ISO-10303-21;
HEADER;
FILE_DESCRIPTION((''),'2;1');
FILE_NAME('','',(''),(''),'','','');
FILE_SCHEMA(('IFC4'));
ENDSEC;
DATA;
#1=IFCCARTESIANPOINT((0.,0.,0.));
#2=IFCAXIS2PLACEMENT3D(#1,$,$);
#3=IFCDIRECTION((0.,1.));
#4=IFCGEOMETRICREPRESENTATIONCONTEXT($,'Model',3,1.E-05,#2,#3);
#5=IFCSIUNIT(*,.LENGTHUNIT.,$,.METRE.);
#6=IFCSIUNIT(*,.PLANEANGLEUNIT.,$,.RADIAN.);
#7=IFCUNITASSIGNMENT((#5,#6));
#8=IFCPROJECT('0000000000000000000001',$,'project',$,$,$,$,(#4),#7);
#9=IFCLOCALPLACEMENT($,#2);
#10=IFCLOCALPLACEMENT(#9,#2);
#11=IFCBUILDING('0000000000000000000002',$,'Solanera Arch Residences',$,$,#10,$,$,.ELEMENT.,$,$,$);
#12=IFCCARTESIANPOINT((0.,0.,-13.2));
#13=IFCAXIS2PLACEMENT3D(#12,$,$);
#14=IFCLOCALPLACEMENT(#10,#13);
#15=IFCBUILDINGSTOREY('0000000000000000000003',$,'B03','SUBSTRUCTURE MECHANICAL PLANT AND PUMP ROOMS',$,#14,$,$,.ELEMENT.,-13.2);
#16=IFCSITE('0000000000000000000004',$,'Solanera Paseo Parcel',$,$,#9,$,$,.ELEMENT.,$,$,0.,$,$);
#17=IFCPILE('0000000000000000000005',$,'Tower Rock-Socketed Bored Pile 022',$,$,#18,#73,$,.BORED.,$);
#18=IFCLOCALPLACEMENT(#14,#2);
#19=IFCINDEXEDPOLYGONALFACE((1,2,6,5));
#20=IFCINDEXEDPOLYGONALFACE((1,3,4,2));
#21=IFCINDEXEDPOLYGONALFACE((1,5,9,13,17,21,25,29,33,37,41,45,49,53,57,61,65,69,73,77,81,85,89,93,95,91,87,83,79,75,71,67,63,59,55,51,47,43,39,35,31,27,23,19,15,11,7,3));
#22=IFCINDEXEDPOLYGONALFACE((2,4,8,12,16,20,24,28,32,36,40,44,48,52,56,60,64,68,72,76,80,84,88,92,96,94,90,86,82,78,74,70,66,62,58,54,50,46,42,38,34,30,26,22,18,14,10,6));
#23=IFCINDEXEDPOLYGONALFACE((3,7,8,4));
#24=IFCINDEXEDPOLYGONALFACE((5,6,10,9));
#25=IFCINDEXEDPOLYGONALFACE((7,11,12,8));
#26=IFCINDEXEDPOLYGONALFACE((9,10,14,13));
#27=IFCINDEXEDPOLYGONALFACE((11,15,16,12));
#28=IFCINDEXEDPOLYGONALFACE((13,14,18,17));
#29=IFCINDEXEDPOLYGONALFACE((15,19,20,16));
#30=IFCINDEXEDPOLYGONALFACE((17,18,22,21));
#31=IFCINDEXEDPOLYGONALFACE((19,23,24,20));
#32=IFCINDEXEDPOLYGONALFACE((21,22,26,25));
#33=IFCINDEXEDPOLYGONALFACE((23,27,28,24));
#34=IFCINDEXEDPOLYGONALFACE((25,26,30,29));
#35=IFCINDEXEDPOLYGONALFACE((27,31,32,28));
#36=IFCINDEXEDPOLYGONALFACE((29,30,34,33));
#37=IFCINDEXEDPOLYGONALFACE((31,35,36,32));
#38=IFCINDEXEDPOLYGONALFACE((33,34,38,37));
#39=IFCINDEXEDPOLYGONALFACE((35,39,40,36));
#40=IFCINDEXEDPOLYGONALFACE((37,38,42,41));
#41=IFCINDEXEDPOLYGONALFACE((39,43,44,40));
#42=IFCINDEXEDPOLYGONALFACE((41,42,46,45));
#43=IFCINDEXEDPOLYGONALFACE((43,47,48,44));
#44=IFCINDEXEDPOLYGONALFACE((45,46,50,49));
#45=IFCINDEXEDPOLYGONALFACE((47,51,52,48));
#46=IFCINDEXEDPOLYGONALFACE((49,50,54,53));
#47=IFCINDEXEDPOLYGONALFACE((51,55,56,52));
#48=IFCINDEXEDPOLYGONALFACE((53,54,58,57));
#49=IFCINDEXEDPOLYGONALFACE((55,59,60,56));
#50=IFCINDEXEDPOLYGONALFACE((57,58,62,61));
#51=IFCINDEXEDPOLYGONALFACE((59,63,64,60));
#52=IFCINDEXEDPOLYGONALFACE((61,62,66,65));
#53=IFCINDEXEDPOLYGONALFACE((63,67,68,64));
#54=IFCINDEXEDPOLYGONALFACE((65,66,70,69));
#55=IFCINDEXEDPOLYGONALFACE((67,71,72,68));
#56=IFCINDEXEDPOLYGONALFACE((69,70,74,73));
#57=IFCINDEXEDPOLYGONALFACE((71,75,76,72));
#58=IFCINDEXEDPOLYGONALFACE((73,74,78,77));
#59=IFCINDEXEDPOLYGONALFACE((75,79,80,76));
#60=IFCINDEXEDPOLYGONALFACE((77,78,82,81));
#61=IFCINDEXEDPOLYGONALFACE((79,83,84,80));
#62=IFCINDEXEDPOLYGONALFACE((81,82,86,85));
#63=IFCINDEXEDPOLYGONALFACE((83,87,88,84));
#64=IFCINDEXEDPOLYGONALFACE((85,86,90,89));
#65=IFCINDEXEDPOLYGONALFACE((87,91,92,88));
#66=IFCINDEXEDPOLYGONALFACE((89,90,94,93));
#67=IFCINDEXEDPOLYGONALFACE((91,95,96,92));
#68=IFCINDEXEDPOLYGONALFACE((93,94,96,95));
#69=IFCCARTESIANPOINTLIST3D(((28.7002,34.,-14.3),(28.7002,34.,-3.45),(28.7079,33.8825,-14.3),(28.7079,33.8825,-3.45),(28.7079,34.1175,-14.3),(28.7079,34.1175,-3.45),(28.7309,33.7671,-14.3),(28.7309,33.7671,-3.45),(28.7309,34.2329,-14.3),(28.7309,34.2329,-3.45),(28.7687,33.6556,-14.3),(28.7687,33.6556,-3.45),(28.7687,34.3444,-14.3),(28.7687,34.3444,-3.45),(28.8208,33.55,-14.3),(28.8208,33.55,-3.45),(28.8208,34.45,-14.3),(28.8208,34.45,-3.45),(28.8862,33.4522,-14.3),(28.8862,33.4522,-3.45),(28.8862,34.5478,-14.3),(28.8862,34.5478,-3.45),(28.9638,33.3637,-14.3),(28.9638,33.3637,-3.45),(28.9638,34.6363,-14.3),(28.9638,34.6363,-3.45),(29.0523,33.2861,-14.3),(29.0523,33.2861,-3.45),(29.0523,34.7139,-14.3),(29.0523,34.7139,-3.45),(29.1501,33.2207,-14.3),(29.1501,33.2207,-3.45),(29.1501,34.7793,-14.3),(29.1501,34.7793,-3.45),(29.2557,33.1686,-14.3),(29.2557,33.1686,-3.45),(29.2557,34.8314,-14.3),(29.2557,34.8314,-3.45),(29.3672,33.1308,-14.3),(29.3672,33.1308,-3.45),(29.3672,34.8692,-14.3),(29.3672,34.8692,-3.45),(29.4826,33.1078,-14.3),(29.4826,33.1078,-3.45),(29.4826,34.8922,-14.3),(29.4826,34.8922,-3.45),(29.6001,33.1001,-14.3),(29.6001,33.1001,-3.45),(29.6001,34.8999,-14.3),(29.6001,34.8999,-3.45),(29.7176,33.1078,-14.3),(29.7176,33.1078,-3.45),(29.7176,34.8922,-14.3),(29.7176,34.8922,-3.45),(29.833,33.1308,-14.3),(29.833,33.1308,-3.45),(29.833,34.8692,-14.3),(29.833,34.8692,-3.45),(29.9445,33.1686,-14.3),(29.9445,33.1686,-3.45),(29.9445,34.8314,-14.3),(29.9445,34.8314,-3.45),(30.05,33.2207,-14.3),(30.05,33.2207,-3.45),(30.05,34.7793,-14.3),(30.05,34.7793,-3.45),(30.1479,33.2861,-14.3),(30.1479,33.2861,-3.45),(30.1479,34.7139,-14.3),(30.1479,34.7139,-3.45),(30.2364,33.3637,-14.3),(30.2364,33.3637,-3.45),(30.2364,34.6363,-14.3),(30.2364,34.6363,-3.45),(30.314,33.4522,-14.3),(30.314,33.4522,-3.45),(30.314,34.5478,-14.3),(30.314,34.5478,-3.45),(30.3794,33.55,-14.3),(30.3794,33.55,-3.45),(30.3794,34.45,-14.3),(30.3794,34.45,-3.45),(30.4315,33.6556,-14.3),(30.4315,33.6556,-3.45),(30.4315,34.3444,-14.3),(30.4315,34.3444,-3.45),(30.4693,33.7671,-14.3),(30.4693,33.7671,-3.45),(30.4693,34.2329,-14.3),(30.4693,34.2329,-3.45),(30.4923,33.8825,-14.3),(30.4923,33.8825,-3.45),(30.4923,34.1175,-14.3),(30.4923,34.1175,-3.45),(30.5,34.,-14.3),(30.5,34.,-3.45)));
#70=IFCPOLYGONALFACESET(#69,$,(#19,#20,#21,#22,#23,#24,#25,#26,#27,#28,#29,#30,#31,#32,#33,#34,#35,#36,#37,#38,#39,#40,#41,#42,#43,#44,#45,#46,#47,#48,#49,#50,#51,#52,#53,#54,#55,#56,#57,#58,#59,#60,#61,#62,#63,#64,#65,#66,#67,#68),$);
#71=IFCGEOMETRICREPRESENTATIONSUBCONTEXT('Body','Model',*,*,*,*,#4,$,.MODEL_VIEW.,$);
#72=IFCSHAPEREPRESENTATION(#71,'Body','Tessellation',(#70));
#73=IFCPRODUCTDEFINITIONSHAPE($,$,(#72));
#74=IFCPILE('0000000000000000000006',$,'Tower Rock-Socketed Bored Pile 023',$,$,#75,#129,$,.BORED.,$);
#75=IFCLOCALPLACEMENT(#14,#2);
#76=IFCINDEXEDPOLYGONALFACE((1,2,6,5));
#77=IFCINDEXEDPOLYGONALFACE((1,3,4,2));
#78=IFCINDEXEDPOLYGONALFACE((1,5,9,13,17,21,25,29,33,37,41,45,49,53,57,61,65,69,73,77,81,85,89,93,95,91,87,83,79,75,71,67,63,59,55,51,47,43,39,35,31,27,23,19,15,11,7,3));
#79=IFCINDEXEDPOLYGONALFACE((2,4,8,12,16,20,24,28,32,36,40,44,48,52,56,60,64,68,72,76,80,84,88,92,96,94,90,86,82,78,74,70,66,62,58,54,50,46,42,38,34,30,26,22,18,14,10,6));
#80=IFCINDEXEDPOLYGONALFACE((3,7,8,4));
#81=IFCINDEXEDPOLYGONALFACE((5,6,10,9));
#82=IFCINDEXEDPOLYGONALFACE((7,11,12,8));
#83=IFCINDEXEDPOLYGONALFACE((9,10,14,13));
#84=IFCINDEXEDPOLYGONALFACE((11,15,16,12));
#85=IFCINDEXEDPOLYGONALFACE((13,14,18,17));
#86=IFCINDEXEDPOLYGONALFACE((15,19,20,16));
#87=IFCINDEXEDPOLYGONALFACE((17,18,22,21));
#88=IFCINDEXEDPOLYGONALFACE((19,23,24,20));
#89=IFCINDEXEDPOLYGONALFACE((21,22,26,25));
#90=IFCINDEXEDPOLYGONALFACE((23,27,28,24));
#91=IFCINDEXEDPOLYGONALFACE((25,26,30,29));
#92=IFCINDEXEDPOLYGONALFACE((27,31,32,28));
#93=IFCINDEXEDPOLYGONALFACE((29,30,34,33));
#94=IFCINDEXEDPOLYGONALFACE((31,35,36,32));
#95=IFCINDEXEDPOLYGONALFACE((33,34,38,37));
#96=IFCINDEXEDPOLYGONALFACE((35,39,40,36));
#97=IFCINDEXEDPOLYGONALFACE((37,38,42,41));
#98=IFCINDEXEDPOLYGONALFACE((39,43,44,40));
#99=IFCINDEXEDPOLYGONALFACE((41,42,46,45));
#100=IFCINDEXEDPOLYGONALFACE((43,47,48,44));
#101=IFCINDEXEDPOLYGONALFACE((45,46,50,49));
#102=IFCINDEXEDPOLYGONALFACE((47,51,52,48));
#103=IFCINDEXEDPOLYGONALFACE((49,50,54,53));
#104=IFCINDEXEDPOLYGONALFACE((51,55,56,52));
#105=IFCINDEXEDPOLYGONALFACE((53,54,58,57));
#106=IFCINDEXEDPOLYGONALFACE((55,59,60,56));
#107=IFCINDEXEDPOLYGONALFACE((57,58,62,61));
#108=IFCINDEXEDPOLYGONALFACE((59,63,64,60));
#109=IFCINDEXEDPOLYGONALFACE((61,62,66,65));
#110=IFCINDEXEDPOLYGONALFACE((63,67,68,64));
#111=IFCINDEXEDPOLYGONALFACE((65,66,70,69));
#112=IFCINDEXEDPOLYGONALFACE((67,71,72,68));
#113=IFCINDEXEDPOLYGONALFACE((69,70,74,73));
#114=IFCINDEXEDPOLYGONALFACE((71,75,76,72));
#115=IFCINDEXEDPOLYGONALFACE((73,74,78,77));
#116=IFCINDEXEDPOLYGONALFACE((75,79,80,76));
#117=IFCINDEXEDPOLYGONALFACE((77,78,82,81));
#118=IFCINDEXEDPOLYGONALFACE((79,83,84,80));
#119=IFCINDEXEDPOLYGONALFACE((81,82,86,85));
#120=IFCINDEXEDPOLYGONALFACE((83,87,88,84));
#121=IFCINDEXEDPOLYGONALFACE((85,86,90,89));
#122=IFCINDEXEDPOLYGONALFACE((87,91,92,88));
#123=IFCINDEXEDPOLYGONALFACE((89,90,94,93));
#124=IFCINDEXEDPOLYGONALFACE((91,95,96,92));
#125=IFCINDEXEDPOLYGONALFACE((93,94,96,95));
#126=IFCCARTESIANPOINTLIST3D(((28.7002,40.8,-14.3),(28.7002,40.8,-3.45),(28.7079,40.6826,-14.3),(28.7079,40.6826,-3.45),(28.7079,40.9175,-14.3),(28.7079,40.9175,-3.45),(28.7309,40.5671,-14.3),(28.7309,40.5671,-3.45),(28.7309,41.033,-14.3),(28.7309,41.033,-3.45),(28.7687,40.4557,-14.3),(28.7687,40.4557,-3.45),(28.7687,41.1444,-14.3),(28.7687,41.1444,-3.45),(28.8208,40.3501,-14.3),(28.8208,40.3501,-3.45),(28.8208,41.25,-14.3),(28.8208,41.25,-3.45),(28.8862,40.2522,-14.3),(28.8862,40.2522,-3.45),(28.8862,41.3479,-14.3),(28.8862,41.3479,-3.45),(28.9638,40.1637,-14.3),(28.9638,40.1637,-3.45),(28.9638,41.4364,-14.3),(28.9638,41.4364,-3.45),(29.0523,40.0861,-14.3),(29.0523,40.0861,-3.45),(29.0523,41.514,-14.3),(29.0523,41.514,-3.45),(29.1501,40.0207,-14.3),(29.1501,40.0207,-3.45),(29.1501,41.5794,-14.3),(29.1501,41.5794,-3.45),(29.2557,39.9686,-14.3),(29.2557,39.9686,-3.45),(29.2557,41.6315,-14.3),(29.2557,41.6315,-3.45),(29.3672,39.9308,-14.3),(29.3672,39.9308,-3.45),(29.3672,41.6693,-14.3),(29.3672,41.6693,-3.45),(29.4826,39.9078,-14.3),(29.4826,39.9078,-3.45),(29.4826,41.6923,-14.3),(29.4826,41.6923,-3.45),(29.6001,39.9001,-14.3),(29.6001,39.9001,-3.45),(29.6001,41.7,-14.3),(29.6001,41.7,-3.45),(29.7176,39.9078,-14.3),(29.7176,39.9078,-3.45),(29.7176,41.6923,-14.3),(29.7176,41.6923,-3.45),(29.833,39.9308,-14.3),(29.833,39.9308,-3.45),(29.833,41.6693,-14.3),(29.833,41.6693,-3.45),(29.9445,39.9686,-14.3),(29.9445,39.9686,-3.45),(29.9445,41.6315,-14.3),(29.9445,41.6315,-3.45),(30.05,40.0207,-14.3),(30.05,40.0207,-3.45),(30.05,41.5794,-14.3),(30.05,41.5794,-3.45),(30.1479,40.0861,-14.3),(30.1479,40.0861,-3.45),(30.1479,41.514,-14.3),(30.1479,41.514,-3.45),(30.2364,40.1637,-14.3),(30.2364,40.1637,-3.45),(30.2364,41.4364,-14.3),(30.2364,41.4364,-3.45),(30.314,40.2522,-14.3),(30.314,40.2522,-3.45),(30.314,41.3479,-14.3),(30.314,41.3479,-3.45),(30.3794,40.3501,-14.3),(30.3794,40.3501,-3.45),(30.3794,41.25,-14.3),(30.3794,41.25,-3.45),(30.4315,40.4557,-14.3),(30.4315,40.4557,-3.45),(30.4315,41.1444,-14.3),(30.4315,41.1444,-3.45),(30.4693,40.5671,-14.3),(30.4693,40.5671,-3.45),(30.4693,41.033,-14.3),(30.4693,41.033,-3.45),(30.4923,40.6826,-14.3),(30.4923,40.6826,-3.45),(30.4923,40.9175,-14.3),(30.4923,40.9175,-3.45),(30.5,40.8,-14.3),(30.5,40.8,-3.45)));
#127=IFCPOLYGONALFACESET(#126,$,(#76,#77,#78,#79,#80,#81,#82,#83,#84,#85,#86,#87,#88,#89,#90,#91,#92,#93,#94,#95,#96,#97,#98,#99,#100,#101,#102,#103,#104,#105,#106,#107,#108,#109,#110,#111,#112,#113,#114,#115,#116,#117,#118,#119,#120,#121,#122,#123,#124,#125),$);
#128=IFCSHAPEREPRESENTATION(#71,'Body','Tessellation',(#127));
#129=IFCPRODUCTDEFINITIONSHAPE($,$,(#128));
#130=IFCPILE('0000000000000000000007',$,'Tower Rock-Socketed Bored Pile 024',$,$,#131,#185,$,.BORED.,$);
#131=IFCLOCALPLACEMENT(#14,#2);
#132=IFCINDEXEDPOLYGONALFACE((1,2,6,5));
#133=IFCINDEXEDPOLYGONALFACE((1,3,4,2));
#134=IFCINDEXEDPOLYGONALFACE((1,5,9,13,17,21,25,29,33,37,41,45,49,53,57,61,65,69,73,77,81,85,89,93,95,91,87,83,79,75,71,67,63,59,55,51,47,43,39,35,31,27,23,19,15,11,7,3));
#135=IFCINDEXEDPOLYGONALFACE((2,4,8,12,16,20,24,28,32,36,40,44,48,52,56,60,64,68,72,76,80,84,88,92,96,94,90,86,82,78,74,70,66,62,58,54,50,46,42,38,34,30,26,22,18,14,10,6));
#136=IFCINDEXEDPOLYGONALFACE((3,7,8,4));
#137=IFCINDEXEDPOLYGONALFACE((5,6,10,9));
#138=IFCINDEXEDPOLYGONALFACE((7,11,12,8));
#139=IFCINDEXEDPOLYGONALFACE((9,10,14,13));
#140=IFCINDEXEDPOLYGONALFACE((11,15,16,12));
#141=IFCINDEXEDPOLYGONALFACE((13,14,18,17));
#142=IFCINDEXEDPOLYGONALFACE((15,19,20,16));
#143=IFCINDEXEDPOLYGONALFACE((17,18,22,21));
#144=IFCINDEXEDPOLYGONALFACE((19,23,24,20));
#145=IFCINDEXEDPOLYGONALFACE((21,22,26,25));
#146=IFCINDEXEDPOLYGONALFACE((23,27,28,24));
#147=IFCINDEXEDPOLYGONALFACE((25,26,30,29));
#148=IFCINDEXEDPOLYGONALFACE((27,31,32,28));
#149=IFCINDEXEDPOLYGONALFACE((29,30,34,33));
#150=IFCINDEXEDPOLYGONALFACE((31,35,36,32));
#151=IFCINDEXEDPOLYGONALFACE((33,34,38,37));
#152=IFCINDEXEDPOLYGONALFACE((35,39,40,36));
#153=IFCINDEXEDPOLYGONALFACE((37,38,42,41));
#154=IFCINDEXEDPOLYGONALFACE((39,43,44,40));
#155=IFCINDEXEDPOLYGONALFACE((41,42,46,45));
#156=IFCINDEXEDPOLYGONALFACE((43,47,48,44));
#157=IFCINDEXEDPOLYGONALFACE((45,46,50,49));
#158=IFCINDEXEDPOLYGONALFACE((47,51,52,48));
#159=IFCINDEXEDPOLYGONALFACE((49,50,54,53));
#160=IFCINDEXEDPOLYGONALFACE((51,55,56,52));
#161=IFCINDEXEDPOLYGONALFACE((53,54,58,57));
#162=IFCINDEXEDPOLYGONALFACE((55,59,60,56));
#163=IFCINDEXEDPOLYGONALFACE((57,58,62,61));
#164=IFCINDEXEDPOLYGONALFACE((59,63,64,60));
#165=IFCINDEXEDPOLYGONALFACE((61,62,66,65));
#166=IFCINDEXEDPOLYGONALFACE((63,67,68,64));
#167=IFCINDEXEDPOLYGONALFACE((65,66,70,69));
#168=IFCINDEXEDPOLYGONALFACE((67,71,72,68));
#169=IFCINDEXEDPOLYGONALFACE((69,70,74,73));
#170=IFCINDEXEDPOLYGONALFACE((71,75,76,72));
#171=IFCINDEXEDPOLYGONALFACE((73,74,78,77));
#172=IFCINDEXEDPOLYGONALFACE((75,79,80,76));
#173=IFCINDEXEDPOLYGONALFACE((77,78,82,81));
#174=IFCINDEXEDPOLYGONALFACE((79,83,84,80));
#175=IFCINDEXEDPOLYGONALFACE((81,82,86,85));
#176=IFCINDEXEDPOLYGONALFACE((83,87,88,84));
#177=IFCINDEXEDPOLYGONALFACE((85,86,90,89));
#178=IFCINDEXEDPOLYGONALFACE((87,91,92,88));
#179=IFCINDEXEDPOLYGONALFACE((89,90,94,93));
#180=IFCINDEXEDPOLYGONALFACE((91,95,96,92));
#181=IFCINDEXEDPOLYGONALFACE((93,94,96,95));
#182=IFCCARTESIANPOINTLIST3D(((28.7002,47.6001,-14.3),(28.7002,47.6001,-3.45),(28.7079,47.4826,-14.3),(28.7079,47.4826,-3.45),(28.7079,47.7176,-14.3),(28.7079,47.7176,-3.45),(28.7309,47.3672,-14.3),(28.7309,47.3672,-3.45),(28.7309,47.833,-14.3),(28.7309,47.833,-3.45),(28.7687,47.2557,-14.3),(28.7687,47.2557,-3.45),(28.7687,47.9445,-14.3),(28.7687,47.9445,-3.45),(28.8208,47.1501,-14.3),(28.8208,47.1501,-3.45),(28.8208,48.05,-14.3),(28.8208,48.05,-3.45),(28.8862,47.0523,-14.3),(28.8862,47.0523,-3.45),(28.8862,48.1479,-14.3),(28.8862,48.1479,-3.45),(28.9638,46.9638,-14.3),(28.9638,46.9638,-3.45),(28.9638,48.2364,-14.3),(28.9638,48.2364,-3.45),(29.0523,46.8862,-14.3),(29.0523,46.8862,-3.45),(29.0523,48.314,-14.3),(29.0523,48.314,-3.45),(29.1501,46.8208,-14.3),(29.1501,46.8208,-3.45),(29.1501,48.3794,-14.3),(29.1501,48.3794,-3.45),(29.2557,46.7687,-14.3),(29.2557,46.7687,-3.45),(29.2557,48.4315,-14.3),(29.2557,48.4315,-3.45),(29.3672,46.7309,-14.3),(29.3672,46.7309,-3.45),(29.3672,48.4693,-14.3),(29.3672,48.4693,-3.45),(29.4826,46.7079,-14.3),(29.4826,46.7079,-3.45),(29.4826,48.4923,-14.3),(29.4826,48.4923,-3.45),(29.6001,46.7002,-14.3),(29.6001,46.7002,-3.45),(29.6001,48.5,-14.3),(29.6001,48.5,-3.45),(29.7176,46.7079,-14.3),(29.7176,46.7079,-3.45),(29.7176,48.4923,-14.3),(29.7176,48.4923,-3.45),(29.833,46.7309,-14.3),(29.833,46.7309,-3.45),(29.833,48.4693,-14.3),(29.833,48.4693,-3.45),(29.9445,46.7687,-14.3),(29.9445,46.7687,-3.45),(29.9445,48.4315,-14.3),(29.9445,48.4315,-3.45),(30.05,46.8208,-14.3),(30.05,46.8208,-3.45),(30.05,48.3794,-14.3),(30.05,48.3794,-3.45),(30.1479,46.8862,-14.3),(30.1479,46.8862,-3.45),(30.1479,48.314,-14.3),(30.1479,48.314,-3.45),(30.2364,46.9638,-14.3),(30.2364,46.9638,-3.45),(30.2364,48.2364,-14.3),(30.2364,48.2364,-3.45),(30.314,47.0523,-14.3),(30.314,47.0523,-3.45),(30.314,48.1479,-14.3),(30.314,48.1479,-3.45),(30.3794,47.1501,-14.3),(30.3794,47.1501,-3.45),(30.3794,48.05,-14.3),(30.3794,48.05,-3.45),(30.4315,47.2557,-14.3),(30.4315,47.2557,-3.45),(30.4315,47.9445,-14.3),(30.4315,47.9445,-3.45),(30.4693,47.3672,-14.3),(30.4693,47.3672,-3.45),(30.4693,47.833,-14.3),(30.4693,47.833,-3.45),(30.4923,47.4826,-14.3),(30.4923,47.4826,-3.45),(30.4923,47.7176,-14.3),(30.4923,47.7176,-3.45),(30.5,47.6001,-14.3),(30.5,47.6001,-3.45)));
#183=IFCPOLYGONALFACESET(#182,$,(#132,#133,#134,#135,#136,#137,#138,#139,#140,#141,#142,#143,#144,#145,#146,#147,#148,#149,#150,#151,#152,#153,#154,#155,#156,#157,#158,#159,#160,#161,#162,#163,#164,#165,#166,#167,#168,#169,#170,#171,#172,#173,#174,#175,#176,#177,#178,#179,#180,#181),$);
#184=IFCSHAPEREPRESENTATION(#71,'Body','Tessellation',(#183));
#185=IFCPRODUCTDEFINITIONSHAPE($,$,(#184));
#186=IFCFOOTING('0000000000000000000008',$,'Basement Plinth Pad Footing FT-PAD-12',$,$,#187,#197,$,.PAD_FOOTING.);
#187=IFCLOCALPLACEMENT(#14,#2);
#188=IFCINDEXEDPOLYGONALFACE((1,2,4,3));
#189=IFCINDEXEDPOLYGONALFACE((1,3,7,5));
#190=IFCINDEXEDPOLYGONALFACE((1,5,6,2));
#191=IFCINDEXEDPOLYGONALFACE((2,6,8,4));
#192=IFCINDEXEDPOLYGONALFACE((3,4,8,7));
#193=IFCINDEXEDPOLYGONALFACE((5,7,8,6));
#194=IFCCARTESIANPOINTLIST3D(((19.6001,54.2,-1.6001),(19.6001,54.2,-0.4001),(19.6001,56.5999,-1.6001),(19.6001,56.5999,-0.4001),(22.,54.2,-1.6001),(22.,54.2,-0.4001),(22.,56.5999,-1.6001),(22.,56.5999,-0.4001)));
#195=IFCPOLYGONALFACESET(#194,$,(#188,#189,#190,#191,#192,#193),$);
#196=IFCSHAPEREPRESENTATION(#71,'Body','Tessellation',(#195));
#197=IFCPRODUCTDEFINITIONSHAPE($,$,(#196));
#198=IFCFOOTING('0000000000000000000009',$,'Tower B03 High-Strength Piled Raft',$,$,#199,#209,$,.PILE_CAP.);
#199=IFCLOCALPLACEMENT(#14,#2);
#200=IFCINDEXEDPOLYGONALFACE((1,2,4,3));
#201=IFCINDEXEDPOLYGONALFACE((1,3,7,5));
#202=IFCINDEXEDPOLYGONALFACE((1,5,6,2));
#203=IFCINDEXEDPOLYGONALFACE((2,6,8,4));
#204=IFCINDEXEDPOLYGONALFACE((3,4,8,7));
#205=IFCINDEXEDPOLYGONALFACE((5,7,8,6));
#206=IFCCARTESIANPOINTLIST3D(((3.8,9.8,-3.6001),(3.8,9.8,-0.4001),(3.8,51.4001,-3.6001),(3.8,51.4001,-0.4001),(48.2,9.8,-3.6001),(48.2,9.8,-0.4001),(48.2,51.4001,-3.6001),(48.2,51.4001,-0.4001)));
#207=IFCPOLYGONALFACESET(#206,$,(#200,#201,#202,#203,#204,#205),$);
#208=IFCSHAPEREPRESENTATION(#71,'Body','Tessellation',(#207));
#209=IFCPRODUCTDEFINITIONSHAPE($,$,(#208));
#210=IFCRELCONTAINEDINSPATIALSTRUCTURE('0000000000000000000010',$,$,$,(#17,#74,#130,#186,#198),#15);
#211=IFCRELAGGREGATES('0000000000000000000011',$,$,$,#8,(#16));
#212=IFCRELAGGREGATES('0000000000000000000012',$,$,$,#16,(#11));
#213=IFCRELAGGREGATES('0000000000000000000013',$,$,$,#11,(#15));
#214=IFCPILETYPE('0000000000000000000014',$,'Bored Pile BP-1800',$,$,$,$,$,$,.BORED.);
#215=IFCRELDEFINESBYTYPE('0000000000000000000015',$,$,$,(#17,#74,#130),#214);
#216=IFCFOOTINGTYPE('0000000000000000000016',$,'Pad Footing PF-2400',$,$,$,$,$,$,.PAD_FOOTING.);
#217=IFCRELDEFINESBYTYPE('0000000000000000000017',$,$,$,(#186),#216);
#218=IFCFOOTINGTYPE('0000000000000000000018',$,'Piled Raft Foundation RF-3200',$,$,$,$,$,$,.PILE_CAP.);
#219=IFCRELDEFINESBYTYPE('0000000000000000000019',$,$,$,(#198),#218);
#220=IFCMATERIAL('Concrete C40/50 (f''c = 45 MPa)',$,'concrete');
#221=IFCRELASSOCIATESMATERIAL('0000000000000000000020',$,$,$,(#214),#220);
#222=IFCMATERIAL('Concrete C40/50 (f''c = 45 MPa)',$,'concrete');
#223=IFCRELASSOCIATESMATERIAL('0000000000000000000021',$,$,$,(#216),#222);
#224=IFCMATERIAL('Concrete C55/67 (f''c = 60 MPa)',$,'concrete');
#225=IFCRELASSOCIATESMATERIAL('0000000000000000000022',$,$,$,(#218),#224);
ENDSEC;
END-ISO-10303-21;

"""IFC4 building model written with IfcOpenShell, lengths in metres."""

from ifc_helpers import new_model, si_unit, direction, frame, origin, origin_2d, place, context, subcontext, project, spatial, rectangle, circle, extrude, material, material_profile, profile_set, type_object, element, save


model = new_model("IFC4")

# Units and contexts
model_context = context("Model", 3, precision=1e-05, world=origin(), true_north=direction((0.0, 1.0)))
body_context = subcontext(model_context, "Body", "Model", "MODEL_VIEW")
ifc_project = project(units=[si_unit("LENGTHUNIT", "METRE"), si_unit("PLANEANGLEUNIT", "RADIAN")], contexts=[model_context])

# Site, building, storey
site_placement = place(None, origin())
site = spatial("IfcSite", under=ifc_project, at=site_placement, Name="Solanera Paseo Parcel", CompositionType="ELEMENT", RefElevation=0.0)
building_placement = place(site_placement, origin())
building = spatial("IfcBuilding", under=site, at=building_placement, Name="Solanera Arch Residences", CompositionType="ELEMENT")
storey_placement = place(building_placement, frame((0.0, 0.0, -13.2)))
storey = spatial("IfcBuildingStorey", under=building, at=storey_placement, Name="B03", Description="SUBSTRUCTURE MECHANICAL PLANT AND PUMP ROOMS", CompositionType="ELEMENT", Elevation=-13.2)

# Piles
ifc_material_1 = material(Name="Concrete C40/50 (f'c = 45 MPa)", Category="concrete")
ifc_material_profile_1 = material_profile(ifc_material_1, circle(Radius=0.8999, at=origin_2d()))
ifc_profile_set_1 = profile_set([ifc_material_profile_1], Name="Concrete C40/50 (f'c = 45 MPa)")
pile_type = type_object("IfcPileType", Name="Bored Pile BP-1800", PredefinedType="BORED", material=ifc_profile_set_1)
for number, where, z_axis, x_axis, name in (
    (1, (29.6001, 34.0, -3.45), (0.0, 0.0, -1.0), (1.0, 0.0, 0.0), "Tower Rock-Socketed Bored Pile 022"),
    (2, (29.6001, 40.8, -3.45), (0.0, 0.0, -1.0), (1.0, 0.0, 0.0), "Tower Rock-Socketed Bored Pile 023"),
    (3, (29.6001, 47.6001, -3.45), (0.0, 0.0, -1.0), (1.0, 0.0, 0.0), "Tower Rock-Socketed Bored Pile 024"),
):
    element("IfcPile", number, at=place(storey_placement, frame(where, z_axis=z_axis, x_axis=x_axis)), inside=storey, type_object=pile_type, Name=name, PredefinedType="BORED", context=body_context, shape_type="SweptSolid", body=[
        extrude(circle(Radius=0.8999, at=origin_2d()), origin(), (0.0, 0.0, 1.0), 10.8501),
    ])

# Footings
ifc_material_2 = material(Name="Concrete C40/50 (f'c = 45 MPa)", Category="concrete")
footing_type_1 = type_object("IfcFootingType", Name="Pad Footing PF-2400", PredefinedType="PAD_FOOTING", material=ifc_material_2)
footing_1_placement = place(storey_placement, frame((20.8, 55.3999, -1.6001), z_axis=(0.0, 0.0, 1.0), x_axis=(1.0, 0.0, 0.0)))
element("IfcFooting", 4, at=footing_1_placement, inside=storey, type_object=footing_type_1, Name="Basement Plinth Pad Footing FT-PAD-12", PredefinedType="PAD_FOOTING", context=body_context, shape_type="SweptSolid", body=[
    extrude(rectangle(XDim=2.3999, YDim=2.3999, at=origin_2d()), origin(), (0.0, 0.0, 1.0), 1.2),
])
ifc_material_3 = material(Name="Concrete C55/67 (f'c = 60 MPa)", Category="concrete")
footing_type_2 = type_object("IfcFootingType", Name="Piled Raft Foundation RF-3200", PredefinedType="PILE_CAP", material=ifc_material_3)
footing_2_placement = place(storey_placement, frame((26.0, 30.6001, -3.6001), z_axis=(0.0, 0.0, 1.0), x_axis=(1.0, 0.0, 0.0)))
element("IfcFooting", 5, at=footing_2_placement, inside=storey, type_object=footing_type_2, Name="Tower B03 High-Strength Piled Raft", PredefinedType="PILE_CAP", context=body_context, shape_type="SweptSolid", body=[
    extrude(rectangle(XDim=44.3999, YDim=41.6001, at=origin_2d()), origin(), (0.0, 0.0, 1.0), 3.2),
])

save(model, "model.ifc")
